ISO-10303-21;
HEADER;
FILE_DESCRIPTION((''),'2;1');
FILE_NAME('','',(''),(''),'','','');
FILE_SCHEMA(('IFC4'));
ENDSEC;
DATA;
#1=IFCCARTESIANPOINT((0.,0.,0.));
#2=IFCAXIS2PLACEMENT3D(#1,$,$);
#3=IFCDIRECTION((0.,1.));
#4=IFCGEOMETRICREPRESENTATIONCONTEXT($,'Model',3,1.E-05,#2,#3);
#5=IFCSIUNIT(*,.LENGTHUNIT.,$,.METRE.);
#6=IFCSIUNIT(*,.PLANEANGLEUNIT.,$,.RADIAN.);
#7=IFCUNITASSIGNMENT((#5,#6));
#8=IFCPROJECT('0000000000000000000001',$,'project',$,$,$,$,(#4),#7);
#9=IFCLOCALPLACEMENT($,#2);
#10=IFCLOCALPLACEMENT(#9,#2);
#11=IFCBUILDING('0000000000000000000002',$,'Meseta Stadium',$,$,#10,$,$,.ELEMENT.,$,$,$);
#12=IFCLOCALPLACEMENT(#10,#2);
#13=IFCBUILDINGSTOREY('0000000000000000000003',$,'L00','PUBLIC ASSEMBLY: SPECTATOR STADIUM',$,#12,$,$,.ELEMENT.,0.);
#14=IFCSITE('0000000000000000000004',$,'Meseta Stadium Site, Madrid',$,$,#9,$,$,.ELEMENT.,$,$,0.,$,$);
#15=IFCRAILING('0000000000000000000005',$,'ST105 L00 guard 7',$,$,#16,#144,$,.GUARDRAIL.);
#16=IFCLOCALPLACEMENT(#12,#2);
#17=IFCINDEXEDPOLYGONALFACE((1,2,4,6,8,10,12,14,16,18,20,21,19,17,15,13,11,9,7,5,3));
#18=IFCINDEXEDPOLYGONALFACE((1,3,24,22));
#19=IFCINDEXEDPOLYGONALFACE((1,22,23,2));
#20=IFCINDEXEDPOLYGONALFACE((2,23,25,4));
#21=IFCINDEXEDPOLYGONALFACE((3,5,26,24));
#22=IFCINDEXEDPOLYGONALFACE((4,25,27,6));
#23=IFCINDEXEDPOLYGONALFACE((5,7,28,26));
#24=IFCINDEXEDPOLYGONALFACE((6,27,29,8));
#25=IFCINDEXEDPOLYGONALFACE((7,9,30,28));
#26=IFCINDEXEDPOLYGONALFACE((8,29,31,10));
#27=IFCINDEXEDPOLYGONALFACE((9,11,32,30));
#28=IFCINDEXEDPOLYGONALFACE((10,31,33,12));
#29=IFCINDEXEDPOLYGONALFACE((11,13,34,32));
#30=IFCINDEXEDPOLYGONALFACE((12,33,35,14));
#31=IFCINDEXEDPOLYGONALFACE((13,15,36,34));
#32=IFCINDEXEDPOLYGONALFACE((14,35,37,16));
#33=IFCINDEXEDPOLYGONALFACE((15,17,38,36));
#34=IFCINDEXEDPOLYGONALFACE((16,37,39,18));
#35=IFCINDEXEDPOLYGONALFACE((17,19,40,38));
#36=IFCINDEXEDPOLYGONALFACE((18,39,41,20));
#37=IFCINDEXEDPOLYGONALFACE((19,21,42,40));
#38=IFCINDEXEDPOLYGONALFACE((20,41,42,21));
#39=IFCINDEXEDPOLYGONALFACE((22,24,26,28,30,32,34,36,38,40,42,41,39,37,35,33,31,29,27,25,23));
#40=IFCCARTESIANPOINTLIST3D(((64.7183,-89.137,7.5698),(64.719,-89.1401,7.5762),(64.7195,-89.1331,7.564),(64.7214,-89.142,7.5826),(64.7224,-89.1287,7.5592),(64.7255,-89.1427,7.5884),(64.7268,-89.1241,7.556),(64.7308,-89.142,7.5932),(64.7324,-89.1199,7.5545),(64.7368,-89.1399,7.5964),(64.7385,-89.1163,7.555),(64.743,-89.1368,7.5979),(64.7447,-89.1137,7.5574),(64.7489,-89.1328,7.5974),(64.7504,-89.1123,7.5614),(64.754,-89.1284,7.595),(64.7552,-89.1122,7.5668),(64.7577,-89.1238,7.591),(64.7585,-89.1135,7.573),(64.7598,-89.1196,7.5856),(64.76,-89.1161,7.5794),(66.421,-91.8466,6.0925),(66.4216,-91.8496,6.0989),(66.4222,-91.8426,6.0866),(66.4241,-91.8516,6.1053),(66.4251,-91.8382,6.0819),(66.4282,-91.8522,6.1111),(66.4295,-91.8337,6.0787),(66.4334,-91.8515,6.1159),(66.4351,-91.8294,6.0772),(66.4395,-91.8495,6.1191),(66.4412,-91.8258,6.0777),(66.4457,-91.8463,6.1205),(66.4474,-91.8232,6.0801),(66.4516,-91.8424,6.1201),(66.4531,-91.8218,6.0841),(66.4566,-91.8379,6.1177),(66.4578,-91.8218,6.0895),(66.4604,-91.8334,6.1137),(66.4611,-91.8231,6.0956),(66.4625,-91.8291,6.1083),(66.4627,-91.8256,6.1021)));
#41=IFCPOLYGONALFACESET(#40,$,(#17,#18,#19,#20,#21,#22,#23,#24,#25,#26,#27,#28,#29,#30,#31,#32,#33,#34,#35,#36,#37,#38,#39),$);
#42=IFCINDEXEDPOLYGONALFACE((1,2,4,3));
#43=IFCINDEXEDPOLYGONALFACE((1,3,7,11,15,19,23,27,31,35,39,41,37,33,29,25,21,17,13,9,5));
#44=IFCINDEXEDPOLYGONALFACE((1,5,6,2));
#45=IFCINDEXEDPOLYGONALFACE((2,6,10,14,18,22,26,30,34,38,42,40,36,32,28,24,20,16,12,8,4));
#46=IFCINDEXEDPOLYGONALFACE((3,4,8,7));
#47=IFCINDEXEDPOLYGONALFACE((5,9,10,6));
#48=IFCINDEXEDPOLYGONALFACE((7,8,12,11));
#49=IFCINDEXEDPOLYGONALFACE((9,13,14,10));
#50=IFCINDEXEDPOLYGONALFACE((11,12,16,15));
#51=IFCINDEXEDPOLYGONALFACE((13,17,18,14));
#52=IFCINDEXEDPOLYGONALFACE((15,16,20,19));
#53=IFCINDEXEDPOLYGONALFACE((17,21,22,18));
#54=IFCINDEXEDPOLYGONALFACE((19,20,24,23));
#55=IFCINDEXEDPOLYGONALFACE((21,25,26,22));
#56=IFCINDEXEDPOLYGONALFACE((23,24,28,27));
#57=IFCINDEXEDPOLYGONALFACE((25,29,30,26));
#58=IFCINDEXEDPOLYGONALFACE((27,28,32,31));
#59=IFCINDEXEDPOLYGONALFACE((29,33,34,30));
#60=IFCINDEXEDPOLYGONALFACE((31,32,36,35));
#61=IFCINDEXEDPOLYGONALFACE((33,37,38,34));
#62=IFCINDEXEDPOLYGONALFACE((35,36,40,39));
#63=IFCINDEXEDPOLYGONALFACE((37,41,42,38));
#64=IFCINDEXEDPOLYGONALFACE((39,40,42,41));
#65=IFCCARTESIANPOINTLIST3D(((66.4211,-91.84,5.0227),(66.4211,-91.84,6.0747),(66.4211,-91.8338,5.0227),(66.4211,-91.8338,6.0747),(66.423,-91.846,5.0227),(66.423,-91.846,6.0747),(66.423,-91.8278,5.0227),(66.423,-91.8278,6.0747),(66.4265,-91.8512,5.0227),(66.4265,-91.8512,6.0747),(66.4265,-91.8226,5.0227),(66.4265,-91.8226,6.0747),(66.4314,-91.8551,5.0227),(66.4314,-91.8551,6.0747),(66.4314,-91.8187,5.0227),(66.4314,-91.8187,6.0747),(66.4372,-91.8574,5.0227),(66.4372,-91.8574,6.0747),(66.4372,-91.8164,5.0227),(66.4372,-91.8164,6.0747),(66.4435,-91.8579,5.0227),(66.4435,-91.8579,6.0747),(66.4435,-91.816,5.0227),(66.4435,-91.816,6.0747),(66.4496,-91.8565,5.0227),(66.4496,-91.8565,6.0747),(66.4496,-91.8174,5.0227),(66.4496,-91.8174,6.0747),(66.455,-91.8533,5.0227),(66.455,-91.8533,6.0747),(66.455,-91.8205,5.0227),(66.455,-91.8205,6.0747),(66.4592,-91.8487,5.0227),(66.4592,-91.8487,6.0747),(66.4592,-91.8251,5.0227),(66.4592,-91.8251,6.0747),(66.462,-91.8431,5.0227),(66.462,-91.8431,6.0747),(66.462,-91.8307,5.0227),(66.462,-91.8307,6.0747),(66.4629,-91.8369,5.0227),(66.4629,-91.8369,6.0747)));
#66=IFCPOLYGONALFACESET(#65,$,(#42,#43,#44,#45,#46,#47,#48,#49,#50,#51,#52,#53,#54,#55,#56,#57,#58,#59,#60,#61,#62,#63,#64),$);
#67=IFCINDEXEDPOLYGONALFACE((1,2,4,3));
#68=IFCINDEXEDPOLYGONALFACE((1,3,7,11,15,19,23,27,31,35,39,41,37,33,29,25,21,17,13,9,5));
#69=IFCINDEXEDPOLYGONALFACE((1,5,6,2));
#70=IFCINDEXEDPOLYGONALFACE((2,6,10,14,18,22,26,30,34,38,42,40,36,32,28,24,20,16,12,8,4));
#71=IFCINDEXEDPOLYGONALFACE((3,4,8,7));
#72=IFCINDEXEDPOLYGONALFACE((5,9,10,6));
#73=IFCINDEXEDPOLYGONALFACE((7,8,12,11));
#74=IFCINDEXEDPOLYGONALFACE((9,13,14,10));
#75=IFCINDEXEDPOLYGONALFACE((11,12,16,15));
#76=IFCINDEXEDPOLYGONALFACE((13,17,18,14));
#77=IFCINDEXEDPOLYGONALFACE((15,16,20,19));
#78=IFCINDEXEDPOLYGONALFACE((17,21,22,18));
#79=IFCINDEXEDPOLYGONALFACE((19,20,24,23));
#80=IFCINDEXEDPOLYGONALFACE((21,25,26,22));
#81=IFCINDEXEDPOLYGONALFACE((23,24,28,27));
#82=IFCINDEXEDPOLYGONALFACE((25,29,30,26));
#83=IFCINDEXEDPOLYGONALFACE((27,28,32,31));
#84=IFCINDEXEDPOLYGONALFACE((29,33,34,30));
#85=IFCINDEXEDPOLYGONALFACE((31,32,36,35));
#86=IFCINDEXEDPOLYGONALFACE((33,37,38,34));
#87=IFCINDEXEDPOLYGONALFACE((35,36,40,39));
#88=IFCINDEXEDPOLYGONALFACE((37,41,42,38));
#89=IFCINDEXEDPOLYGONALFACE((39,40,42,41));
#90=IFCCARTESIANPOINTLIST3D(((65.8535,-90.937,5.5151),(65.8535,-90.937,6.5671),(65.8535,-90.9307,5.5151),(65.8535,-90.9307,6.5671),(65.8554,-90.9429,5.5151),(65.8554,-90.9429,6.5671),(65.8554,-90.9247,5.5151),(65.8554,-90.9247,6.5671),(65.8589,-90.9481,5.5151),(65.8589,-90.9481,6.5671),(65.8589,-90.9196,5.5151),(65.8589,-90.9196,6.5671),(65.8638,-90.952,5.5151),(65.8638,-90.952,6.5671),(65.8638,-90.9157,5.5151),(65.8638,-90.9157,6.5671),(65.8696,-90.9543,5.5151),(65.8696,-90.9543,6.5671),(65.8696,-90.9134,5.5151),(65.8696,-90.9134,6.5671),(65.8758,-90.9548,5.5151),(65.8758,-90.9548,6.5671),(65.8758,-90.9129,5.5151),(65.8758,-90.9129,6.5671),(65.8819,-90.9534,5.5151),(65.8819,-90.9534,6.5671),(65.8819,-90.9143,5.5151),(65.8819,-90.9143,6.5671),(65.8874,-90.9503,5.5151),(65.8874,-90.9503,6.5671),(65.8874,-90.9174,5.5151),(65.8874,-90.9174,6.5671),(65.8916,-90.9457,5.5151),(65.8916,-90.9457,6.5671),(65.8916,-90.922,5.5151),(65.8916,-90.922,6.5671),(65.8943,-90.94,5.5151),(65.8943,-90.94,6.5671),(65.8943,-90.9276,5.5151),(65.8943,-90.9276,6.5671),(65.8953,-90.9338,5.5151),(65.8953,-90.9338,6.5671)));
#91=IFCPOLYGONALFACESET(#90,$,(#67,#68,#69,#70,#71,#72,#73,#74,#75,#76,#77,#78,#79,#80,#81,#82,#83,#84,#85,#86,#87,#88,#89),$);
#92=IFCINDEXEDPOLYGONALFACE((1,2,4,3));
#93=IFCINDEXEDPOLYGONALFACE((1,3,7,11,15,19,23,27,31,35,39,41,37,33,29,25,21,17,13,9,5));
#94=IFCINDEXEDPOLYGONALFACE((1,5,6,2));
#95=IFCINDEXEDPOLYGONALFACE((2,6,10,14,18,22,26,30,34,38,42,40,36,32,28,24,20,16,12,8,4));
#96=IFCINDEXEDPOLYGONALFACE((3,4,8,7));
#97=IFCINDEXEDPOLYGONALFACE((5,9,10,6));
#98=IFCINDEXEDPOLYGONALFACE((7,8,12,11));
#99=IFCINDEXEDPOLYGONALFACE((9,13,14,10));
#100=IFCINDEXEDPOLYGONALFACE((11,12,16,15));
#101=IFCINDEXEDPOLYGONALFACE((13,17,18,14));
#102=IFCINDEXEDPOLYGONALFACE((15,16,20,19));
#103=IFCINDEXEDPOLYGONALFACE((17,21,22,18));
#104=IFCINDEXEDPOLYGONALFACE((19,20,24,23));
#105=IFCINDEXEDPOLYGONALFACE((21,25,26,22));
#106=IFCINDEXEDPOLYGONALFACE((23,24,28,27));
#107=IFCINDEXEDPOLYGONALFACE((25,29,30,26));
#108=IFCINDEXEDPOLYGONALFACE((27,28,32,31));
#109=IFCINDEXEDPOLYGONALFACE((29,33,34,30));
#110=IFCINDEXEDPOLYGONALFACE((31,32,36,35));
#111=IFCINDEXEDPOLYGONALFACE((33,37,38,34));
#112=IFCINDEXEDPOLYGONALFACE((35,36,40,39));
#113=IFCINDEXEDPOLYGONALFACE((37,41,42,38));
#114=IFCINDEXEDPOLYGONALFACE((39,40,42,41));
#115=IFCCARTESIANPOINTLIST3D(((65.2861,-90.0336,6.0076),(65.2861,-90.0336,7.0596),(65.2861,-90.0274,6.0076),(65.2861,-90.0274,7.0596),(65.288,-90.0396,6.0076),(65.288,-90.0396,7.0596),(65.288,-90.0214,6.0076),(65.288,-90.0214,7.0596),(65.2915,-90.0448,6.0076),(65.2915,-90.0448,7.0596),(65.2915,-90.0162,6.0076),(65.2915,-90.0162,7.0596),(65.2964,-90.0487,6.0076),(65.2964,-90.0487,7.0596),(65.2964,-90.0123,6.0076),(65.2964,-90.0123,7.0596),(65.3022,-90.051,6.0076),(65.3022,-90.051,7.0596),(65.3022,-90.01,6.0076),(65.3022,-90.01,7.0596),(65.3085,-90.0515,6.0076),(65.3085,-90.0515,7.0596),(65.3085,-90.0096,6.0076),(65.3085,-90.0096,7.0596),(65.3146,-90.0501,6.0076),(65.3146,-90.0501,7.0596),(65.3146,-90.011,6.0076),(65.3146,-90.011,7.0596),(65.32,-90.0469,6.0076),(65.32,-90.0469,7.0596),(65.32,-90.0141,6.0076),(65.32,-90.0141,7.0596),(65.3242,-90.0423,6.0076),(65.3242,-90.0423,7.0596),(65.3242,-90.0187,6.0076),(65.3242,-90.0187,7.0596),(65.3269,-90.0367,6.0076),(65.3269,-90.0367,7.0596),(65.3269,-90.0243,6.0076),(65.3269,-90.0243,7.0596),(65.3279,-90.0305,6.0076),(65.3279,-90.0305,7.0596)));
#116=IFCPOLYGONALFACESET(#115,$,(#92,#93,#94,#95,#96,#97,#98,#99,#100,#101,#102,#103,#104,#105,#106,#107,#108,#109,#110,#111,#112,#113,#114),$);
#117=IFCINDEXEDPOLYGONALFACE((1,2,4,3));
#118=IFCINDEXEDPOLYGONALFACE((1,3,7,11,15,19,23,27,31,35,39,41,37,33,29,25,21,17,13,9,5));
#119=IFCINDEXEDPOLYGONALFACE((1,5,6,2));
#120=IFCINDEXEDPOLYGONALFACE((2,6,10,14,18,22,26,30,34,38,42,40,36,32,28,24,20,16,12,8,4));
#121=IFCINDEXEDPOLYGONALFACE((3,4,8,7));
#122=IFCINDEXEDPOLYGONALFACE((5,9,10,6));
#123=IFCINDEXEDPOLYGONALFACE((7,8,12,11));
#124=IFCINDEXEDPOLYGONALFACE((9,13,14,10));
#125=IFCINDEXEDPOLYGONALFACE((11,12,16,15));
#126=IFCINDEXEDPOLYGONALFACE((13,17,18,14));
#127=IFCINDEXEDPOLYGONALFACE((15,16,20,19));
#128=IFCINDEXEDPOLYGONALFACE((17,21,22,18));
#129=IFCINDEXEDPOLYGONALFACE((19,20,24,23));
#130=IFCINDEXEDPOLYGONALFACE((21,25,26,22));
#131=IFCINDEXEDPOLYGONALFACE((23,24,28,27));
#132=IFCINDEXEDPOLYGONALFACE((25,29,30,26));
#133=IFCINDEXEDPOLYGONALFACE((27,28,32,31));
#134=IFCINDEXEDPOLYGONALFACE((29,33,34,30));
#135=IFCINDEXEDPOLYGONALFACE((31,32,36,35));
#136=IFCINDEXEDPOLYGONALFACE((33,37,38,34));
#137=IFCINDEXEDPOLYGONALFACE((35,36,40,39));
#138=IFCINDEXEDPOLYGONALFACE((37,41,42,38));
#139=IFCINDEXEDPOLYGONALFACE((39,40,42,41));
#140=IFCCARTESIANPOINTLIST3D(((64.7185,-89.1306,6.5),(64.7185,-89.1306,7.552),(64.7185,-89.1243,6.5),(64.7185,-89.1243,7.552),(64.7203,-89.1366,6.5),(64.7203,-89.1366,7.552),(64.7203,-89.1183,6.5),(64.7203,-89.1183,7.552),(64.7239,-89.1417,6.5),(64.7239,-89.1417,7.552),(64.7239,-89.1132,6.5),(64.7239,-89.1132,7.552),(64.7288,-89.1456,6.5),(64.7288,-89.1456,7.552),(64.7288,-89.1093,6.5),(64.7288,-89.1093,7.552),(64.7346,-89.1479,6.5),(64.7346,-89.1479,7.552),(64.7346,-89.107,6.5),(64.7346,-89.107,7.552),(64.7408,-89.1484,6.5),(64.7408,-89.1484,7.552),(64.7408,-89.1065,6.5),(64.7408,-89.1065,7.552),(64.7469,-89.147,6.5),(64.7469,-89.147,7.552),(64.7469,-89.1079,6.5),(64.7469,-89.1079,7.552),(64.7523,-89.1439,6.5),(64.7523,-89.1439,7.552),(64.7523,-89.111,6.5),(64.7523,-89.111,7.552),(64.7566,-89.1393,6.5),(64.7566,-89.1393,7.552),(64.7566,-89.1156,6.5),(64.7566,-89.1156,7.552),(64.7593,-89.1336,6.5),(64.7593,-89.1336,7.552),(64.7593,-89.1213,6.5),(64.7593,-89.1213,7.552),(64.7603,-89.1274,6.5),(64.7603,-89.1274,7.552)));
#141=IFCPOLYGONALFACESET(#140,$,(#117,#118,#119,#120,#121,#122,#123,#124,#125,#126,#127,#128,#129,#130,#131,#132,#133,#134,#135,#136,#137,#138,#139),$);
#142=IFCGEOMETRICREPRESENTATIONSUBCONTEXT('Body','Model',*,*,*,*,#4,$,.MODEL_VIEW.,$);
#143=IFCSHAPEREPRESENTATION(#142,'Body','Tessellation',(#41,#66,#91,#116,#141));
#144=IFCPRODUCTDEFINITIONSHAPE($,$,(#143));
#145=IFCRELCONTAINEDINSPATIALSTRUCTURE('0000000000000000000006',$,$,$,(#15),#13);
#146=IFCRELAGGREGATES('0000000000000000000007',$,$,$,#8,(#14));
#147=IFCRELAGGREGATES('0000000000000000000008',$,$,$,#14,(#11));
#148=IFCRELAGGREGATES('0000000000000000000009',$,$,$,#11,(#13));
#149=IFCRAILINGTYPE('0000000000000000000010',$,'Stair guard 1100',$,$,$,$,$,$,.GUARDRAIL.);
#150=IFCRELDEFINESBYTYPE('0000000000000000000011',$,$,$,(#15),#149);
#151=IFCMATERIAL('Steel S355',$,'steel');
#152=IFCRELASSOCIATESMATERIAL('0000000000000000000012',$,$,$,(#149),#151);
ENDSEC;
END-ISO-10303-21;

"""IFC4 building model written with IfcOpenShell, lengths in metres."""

from ifc_helpers import new_model, si_unit, direction, frame, origin, origin_2d, place, context, subcontext, project, spatial, circle, extrude, material, type_object, element, save


model = new_model("IFC4")

# Units and contexts
model_context = context("Model", 3, precision=1e-05, world=origin(), true_north=direction((0.0, 1.0)))
body_context = subcontext(model_context, "Body", "Model", "MODEL_VIEW")
ifc_project = project(units=[si_unit("LENGTHUNIT", "METRE"), si_unit("PLANEANGLEUNIT", "RADIAN")], contexts=[model_context])

# Site, building, storey
site_placement = place(None, origin())
site = spatial("IfcSite", under=ifc_project, at=site_placement, Name="Meseta Stadium Site, Madrid", CompositionType="ELEMENT", RefElevation=0.0)
building_placement = place(site_placement, origin())
building = spatial("IfcBuilding", under=site, at=building_placement, Name="Meseta Stadium", CompositionType="ELEMENT")
storey_placement = place(building_placement, origin())
storey = spatial("IfcBuildingStorey", under=building, at=storey_placement, Name="L00", Description="PUBLIC ASSEMBLY: SPECTATOR STADIUM", CompositionType="ELEMENT", Elevation=0.0)

# Railing
ifc_material_1 = material(Name="Steel S355", Category="steel")
railing_type_1 = type_object("IfcRailingType", Name="Stair guard 1100", PredefinedType="GUARDRAIL", material=ifc_material_1)
railing_1_placement = place(storey_placement, frame((66.4419, -91.8369, 5.0227)))
element("IfcRailing", 1, at=railing_1_placement, inside=storey, type_object=railing_type_1, Name="ST105 L00 guard 7", PredefinedType="GUARDRAIL", context=body_context, shape_type="SweptSolid", body=[
    extrude(circle(Radius=0.0239, at=origin_2d()), frame((0.0, 0.0, 1.0762), z_axis=(-0.483076, 0.768738, 0.419142), x_axis=(-0.846701, -0.532068, 0.0)), (0.0, 0.0, 1.0), 3.5247),
    extrude(circle(Radius=0.021, at=origin_2d()), origin(), (0.0, 0.0, 1.0), 1.052),
    extrude(circle(Radius=0.021, at=origin_2d()), frame((-0.5676, 0.9031, 0.4924)), (0.0, 0.0, 1.0), 1.052),
    extrude(circle(Radius=0.021, at=origin_2d()), frame((-1.135, 1.8064, 0.9849)), (0.0, 0.0, 1.0), 1.052),
    extrude(circle(Radius=0.021, at=origin_2d()), frame((-1.7026, 2.7095, 1.4773)), (0.0, 0.0, 1.0), 1.052),
])

save(model, "model.ifc")
